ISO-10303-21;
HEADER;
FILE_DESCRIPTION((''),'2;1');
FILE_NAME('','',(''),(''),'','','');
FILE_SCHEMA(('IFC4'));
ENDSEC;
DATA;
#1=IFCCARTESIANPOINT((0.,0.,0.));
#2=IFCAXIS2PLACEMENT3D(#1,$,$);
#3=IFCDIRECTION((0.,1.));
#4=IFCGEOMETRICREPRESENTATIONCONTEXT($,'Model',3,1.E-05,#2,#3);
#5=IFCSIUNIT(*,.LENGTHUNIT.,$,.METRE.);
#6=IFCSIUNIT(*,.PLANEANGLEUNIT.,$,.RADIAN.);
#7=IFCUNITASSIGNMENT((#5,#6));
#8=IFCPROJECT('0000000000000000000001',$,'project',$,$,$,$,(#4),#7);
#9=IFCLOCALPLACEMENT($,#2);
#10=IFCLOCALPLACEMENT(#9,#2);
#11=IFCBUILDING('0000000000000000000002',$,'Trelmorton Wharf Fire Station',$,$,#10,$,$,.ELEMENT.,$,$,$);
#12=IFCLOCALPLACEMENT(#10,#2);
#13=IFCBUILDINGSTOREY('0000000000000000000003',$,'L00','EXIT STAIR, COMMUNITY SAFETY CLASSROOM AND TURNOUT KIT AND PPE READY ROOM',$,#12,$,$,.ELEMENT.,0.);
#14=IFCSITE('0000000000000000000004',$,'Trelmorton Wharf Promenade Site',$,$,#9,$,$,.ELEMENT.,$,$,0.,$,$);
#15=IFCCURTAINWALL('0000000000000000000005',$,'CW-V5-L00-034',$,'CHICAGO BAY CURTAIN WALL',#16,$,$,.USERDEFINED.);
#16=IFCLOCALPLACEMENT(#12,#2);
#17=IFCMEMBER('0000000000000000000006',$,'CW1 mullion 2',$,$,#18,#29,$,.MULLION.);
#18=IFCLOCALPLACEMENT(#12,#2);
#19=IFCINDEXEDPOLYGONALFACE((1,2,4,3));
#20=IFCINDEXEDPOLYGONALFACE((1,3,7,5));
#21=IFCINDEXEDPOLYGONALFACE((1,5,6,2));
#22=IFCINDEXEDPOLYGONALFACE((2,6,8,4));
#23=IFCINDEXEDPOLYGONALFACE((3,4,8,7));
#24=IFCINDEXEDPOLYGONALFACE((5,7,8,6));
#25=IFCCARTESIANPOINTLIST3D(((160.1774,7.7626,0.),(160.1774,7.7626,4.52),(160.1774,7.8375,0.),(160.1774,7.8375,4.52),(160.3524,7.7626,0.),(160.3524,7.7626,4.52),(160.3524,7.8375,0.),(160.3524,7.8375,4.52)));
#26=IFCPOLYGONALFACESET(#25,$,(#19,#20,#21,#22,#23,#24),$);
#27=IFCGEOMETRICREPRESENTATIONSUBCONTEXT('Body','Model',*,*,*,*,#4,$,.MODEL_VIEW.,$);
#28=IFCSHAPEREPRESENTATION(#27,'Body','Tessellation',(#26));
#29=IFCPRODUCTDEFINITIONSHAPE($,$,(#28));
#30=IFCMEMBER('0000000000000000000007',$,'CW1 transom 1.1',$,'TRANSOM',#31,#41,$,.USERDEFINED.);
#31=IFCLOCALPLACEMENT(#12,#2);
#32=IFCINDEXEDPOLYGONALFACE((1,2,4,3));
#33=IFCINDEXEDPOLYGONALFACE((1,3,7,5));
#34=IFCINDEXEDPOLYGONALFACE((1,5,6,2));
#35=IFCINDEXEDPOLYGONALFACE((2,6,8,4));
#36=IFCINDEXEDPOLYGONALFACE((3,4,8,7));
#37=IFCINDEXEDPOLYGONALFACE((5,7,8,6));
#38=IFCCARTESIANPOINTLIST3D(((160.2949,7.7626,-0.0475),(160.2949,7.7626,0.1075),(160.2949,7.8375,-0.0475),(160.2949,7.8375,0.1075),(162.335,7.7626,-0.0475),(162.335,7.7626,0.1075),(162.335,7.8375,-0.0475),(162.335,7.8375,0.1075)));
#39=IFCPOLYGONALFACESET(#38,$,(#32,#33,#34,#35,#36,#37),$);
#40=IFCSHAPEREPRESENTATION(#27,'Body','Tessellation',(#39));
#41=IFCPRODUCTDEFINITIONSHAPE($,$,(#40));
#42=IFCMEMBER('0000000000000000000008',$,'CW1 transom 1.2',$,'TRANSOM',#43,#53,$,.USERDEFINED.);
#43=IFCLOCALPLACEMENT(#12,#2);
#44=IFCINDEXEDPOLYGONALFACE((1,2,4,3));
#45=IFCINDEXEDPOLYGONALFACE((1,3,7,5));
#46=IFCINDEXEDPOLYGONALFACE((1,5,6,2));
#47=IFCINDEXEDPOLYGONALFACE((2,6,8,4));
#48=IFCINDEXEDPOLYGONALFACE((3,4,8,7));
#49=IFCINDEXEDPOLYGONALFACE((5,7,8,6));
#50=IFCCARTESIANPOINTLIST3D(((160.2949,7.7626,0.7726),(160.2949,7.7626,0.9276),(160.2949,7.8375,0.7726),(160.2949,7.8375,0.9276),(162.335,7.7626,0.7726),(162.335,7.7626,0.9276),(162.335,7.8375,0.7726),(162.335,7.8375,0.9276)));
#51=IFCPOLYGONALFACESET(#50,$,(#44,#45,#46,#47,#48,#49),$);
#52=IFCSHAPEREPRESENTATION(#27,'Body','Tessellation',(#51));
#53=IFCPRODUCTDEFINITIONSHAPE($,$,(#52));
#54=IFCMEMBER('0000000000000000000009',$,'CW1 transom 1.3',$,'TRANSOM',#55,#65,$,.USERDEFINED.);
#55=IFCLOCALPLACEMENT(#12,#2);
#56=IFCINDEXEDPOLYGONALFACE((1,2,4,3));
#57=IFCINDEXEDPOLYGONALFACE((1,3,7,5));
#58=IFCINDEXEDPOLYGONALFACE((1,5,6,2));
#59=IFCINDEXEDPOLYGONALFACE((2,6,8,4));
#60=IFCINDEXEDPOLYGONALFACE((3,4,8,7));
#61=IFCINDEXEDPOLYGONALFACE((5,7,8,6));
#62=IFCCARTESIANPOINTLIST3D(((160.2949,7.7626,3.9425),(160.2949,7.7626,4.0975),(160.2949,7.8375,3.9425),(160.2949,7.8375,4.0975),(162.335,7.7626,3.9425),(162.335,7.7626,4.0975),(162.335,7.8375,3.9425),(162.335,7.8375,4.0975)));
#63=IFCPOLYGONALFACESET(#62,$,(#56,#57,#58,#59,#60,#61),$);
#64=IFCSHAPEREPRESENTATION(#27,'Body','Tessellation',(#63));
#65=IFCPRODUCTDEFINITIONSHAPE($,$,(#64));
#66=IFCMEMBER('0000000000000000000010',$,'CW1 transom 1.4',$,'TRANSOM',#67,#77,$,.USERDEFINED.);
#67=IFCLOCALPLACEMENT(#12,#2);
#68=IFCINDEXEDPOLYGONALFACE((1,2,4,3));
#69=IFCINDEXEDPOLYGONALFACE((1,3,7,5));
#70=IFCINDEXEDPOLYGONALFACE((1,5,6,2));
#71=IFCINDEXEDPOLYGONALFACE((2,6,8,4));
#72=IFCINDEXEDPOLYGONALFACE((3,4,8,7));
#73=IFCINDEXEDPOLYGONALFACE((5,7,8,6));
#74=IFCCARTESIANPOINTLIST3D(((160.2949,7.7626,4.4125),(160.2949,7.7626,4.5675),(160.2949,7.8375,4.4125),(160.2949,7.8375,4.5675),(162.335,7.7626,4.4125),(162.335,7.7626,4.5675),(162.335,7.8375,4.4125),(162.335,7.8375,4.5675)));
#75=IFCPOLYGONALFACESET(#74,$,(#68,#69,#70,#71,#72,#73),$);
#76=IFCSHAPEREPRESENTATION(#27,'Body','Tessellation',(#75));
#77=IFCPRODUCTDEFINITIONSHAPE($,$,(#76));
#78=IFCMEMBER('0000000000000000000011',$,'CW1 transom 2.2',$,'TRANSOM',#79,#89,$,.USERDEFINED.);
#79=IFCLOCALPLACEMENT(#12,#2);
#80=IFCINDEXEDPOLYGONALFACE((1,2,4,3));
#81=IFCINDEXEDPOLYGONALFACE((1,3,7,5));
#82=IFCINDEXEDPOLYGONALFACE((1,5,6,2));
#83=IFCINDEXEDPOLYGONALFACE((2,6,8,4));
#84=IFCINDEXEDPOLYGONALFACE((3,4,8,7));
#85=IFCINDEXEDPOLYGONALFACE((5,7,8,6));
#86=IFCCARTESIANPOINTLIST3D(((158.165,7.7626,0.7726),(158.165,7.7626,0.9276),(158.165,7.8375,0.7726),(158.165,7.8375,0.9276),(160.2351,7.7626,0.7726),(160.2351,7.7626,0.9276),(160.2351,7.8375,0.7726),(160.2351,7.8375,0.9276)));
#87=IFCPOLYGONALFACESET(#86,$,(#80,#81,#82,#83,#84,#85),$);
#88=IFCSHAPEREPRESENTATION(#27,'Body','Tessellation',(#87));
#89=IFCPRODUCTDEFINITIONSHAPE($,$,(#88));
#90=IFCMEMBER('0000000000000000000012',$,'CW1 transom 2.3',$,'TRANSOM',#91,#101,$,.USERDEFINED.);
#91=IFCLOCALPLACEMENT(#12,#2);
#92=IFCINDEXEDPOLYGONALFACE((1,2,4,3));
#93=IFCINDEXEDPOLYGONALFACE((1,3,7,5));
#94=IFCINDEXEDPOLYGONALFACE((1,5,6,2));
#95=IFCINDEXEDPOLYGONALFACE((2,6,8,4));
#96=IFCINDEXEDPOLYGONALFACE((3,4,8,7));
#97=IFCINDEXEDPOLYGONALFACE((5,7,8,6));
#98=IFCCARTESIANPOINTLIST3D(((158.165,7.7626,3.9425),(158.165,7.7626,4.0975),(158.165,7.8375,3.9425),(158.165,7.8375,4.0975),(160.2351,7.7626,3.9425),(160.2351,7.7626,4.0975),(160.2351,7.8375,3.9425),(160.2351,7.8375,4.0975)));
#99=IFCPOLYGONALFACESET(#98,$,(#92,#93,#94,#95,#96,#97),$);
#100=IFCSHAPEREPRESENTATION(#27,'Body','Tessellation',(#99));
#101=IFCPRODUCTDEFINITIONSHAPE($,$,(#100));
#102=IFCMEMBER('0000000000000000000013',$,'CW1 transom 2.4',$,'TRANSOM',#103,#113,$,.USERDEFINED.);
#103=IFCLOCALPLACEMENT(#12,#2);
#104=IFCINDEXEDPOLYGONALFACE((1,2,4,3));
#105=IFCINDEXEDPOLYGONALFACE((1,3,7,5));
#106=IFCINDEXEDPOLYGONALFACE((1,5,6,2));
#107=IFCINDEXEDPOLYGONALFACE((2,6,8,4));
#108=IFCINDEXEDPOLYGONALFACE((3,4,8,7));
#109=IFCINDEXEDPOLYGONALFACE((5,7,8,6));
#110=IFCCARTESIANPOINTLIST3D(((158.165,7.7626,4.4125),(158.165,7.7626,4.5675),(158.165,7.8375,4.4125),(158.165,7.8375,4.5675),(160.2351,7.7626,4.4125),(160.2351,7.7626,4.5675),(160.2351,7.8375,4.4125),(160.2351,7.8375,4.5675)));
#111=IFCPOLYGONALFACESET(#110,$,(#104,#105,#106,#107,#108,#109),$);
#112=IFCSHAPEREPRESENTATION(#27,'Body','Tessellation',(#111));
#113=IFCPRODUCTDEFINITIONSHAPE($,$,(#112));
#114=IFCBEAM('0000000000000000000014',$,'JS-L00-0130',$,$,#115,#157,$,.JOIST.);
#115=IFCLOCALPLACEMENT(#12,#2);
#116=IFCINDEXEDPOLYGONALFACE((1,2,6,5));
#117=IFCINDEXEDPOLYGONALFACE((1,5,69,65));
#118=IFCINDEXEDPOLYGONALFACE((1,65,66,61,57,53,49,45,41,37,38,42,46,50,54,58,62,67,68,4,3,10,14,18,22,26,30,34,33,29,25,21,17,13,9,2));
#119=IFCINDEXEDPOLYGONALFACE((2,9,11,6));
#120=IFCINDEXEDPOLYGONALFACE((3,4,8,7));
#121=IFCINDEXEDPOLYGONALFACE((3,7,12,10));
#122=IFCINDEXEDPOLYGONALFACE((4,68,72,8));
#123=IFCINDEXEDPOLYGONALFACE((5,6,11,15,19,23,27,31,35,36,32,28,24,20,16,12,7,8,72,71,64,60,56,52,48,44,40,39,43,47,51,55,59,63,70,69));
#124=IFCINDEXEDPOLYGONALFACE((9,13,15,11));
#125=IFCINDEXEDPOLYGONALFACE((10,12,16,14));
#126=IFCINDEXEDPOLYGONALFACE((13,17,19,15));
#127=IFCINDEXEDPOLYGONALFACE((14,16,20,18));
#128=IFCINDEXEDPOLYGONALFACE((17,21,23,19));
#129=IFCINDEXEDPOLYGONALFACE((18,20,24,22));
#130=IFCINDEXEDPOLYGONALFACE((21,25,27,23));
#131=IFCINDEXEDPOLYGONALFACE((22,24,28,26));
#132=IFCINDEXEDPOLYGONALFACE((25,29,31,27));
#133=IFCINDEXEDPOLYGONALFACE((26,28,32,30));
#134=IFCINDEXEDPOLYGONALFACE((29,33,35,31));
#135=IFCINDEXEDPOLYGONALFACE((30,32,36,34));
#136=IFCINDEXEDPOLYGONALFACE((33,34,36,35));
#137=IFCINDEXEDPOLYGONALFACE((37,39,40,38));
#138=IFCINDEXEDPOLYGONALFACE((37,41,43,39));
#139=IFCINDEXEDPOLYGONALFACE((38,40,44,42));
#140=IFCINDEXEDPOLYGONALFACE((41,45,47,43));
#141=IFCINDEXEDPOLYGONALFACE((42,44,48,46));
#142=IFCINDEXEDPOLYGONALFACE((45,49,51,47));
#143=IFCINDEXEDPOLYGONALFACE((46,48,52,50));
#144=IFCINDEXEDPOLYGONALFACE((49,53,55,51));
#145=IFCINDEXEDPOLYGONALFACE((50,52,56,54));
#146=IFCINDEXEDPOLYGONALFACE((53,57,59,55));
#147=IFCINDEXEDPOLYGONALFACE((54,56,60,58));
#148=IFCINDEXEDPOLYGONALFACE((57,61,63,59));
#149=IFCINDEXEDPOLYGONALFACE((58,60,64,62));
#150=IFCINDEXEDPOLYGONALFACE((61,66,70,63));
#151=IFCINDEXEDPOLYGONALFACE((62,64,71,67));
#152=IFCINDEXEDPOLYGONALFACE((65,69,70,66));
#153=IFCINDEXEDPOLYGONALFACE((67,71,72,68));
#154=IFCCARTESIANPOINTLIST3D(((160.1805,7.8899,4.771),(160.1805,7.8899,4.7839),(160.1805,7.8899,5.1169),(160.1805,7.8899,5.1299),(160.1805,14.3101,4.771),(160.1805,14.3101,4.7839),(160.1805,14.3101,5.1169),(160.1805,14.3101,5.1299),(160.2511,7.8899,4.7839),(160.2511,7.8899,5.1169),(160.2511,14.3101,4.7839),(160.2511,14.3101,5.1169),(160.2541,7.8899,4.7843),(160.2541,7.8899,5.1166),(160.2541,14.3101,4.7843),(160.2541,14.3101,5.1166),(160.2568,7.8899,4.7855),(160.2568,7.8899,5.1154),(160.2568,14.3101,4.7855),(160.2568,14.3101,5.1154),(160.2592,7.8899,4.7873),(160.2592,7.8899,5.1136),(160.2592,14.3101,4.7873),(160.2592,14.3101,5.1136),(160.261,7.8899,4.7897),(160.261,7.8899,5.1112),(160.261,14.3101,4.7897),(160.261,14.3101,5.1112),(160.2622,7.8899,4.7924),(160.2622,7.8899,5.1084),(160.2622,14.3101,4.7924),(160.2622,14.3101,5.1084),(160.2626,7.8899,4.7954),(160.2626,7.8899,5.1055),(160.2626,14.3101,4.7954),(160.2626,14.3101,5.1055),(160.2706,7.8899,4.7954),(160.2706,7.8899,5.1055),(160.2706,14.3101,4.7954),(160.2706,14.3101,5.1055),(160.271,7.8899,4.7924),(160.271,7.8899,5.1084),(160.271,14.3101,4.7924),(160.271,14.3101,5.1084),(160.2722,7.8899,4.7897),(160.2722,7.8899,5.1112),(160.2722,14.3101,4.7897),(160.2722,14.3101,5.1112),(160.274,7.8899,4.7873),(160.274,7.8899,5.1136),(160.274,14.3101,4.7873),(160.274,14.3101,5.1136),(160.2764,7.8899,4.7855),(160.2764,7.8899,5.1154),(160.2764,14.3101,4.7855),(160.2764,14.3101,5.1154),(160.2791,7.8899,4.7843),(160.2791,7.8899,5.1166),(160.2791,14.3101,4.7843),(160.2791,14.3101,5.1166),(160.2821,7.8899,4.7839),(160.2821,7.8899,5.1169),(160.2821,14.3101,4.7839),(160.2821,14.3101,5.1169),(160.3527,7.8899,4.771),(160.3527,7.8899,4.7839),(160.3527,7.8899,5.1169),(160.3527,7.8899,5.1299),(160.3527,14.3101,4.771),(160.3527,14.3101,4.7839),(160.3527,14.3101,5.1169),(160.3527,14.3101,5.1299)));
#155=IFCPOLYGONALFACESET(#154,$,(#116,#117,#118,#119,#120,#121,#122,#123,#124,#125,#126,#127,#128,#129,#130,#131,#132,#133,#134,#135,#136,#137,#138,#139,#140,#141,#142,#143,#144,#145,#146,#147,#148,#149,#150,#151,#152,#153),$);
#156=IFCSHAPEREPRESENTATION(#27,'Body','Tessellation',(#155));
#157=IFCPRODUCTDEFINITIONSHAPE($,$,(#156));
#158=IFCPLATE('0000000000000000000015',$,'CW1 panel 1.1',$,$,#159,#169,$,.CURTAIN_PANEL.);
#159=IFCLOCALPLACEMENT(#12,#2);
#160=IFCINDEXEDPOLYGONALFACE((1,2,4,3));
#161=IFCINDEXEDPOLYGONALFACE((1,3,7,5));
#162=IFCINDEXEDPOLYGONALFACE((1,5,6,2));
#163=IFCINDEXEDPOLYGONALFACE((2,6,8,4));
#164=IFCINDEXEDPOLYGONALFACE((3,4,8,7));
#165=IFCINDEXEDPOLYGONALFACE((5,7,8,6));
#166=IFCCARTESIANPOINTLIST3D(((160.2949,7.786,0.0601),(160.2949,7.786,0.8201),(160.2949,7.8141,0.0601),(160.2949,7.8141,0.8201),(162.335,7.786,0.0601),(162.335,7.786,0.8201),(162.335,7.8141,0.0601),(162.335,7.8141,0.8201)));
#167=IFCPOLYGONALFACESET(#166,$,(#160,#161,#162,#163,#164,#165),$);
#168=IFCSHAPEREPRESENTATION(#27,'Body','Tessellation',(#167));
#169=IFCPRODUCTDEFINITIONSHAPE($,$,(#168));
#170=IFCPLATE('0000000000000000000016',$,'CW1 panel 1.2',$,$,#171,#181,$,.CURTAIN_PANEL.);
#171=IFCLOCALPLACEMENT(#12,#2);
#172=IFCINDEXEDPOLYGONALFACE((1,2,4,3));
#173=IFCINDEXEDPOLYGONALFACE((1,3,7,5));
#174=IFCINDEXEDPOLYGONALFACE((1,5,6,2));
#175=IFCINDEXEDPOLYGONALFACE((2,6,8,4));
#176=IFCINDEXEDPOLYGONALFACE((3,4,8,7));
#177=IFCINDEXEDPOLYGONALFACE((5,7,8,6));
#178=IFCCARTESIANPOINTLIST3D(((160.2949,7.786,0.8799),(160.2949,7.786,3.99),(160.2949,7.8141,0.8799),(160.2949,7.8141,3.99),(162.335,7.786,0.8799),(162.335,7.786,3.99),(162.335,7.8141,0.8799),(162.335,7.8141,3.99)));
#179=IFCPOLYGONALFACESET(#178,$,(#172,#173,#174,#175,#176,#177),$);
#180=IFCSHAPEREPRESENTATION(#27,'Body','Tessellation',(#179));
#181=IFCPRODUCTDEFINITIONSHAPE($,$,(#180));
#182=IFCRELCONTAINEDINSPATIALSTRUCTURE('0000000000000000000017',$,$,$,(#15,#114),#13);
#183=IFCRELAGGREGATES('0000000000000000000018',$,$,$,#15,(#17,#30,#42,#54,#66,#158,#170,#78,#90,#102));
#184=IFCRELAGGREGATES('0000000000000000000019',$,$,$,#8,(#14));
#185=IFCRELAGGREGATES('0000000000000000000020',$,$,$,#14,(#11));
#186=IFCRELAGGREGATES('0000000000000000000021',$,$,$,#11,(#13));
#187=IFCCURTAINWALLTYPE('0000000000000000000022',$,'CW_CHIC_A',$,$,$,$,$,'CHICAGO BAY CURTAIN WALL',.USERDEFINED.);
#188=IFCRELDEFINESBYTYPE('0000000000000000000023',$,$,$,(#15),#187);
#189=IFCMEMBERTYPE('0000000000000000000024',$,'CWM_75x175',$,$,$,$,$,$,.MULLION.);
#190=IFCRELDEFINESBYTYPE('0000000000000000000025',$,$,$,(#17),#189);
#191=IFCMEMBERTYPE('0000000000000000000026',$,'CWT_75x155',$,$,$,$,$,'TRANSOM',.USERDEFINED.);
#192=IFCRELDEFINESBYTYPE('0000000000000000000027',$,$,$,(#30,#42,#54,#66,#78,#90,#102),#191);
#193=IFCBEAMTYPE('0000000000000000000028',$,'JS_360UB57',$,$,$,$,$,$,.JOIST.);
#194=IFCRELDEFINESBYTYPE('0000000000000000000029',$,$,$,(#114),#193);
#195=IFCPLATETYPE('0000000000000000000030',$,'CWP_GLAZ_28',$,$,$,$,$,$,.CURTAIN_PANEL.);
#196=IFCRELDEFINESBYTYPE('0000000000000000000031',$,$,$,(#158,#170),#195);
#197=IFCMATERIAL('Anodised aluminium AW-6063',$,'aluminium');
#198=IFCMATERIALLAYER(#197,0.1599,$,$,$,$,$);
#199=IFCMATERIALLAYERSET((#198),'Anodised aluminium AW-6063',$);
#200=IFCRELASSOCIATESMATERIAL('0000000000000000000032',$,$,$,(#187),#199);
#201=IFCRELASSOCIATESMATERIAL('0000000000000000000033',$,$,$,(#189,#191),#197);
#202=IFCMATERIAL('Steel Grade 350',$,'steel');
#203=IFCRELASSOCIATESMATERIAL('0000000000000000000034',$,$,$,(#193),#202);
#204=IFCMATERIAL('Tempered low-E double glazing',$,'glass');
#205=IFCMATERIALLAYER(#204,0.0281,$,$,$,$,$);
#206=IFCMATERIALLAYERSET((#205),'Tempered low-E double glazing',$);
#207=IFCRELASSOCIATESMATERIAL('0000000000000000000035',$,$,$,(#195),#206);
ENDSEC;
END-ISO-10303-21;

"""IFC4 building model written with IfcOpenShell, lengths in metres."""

from ifc_helpers import new_model, si_unit, direction, frame, origin, origin_2d, place, context, subcontext, project, spatial, rectangle, i_section, extrude, material, layer, layer_set, material_profile, profile_set, type_object, element, aggregate, save


model = new_model("IFC4")

# Units and contexts
model_context = context("Model", 3, precision=1e-05, world=origin(), true_north=direction((0.0, 1.0)))
body_context = subcontext(model_context, "Body", "Model", "MODEL_VIEW")
ifc_project = project(units=[si_unit("LENGTHUNIT", "METRE"), si_unit("PLANEANGLEUNIT", "RADIAN")], contexts=[model_context])

# Site, building, storey
site_placement = place(None, origin())
site = spatial("IfcSite", under=ifc_project, at=site_placement, Name="Trelmorton Wharf Promenade Site", CompositionType="ELEMENT", RefElevation=0.0)
building_placement = place(site_placement, origin())
building = spatial("IfcBuilding", under=site, at=building_placement, Name="Trelmorton Wharf Fire Station", CompositionType="ELEMENT")
storey_placement = place(building_placement, origin())
storey = spatial("IfcBuildingStorey", under=building, at=storey_placement, Name="L00", Description="EXIT STAIR, COMMUNITY SAFETY CLASSROOM AND TURNOUT KIT AND PPE READY ROOM", CompositionType="ELEMENT", Elevation=0.0)

# Shared definitions
ifc_material_1 = material(Name="Steel Grade 350", Category="steel")

# Curtain wall, members
ifc_material_2 = material(Name="Anodised aluminium AW-6063", Category="aluminium")
ifc_layer_1 = layer(ifc_material_2, 0.1599)
ifc_layer_set_1 = layer_set([ifc_layer_1], Name="Anodised aluminium AW-6063")
curtain_wall_type = type_object("IfcCurtainWallType", Name="CW_CHIC_A", ElementType="CHICAGO BAY CURTAIN WALL", PredefinedType="USERDEFINED", material=ifc_layer_set_1)
curtain_wall_placement = place(storey_placement, origin())
curtain_wall = element("IfcCurtainWall", 1, at=curtain_wall_placement, inside=storey, type_object=curtain_wall_type, Name="CW-V5-L00-034", ObjectType="CHICAGO BAY CURTAIN WALL", PredefinedType="USERDEFINED")
ifc_material_profile_1 = material_profile(ifc_material_2, rectangle(XDim=0.075, YDim=0.175, at=origin_2d()), Name="ALU-75x175")
ifc_profile_set_1 = profile_set([ifc_material_profile_1], Name="Anodised aluminium AW-6063")
member_type_1 = type_object("IfcMemberType", Name="CWM_75x175", PredefinedType="MULLION", material=ifc_profile_set_1)
member_1_placement = place(storey_placement, frame((160.2649, 7.8, 0.0), z_axis=(0.0, 0.0, 1.0), x_axis=(0.0, -1.0, 0.0)))
member_1 = element("IfcMember", 2, at=member_1_placement, type_object=member_type_1, Name="CW1 mullion 2", PredefinedType="MULLION", context=body_context, shape_type="SweptSolid", body=[
    extrude(rectangle(XDim=0.075, YDim=0.175, at=origin_2d()), origin(), (0.0, 0.0, 1.0), 4.52),
])
ifc_material_profile_2 = material_profile(ifc_material_2, rectangle(XDim=0.075, YDim=0.155, at=origin_2d()), Name="ALU-75x155")
ifc_profile_set_2 = profile_set([ifc_material_profile_2], Name="Anodised aluminium AW-6063")
member_type_2 = type_object("IfcMemberType", Name="CWT_75x155", ElementType="TRANSOM", PredefinedType="USERDEFINED", material=ifc_profile_set_2)
member_2_placement = place(storey_placement, frame((162.335, 7.8, 0.03), z_axis=(-1.0, 0.0, 0.0), x_axis=(0.0, -1.0, 0.0)))
member_2 = element("IfcMember", 3, at=member_2_placement, type_object=member_type_2, Name="CW1 transom 1.1", ObjectType="TRANSOM", PredefinedType="USERDEFINED", context=body_context, shape_type="SweptSolid", body=[
    extrude(rectangle(XDim=0.075, YDim=0.155, at=origin_2d()), origin(), (0.0, 0.0, 1.0), 2.04),
])
member_3_placement = place(storey_placement, frame((162.335, 7.8, 0.8501), z_axis=(-1.0, 0.0, 0.0), x_axis=(0.0, -1.0, 0.0)))
member_3 = element("IfcMember", 4, at=member_3_placement, type_object=member_type_2, Name="CW1 transom 1.2", ObjectType="TRANSOM", PredefinedType="USERDEFINED", context=body_context, shape_type="SweptSolid", body=[
    extrude(rectangle(XDim=0.075, YDim=0.155, at=origin_2d()), origin(), (0.0, 0.0, 1.0), 2.04),
])
member_4_placement = place(storey_placement, frame((162.335, 7.8, 4.02), z_axis=(-1.0, 0.0, 0.0), x_axis=(0.0, -1.0, 0.0)))
member_4 = element("IfcMember", 5, at=member_4_placement, type_object=member_type_2, Name="CW1 transom 1.3", ObjectType="TRANSOM", PredefinedType="USERDEFINED", context=body_context, shape_type="SweptSolid", body=[
    extrude(rectangle(XDim=0.075, YDim=0.155, at=origin_2d()), origin(), (0.0, 0.0, 1.0), 2.04),
])
member_5_placement = place(storey_placement, frame((162.335, 7.8, 4.49), z_axis=(-1.0, 0.0, 0.0), x_axis=(0.0, -1.0, 0.0)))
member_5 = element("IfcMember", 6, at=member_5_placement, type_object=member_type_2, Name="CW1 transom 1.4", ObjectType="TRANSOM", PredefinedType="USERDEFINED", context=body_context, shape_type="SweptSolid", body=[
    extrude(rectangle(XDim=0.075, YDim=0.155, at=origin_2d()), origin(), (0.0, 0.0, 1.0), 2.04),
])
member_6_placement = place(storey_placement, frame((160.2351, 7.8, 0.8501), z_axis=(-1.0, 0.0, 0.0), x_axis=(0.0, -1.0, 0.0)))
member_6 = element("IfcMember", 7, at=member_6_placement, type_object=member_type_2, Name="CW1 transom 2.2", ObjectType="TRANSOM", PredefinedType="USERDEFINED", context=body_context, shape_type="SweptSolid", body=[
    extrude(rectangle(XDim=0.075, YDim=0.155, at=origin_2d()), origin(), (0.0, 0.0, 1.0), 2.0701),
])
member_7_placement = place(storey_placement, frame((160.2351, 7.8, 4.02), z_axis=(-1.0, 0.0, 0.0), x_axis=(0.0, -1.0, 0.0)))
member_7 = element("IfcMember", 8, at=member_7_placement, type_object=member_type_2, Name="CW1 transom 2.3", ObjectType="TRANSOM", PredefinedType="USERDEFINED", context=body_context, shape_type="SweptSolid", body=[
    extrude(rectangle(XDim=0.075, YDim=0.155, at=origin_2d()), origin(), (0.0, 0.0, 1.0), 2.0701),
])
member_8_placement = place(storey_placement, frame((160.2351, 7.8, 4.49), z_axis=(-1.0, 0.0, 0.0), x_axis=(0.0, -1.0, 0.0)))
member_8 = element("IfcMember", 9, at=member_8_placement, type_object=member_type_2, Name="CW1 transom 2.4", ObjectType="TRANSOM", PredefinedType="USERDEFINED", context=body_context, shape_type="SweptSolid", body=[
    extrude(rectangle(XDim=0.075, YDim=0.155, at=origin_2d()), origin(), (0.0, 0.0, 1.0), 2.0701),
])

# Beam
ifc_material_profile_3 = material_profile(ifc_material_1, i_section(OverallWidth=0.1721, OverallDepth=0.3589, WebThickness=0.0081, FlangeThickness=0.0129, FilletRadius=0.0115, at=origin_2d()), Name="360UB56.7")
ifc_profile_set_3 = profile_set([ifc_material_profile_3], Name="Steel Grade 350")
beam_type_1 = type_object("IfcBeamType", Name="JS_360UB57", PredefinedType="JOIST", material=ifc_profile_set_3)
beam_1_placement = place(storey_placement, frame((160.2666, 7.8899, 4.9504), z_axis=(0.0, 1.0, 0.0), x_axis=(-1.0, 0.0, 0.0)))
element("IfcBeam", 10, at=beam_1_placement, inside=storey, type_object=beam_type_1, Name="JS-L00-0130", PredefinedType="JOIST", context=body_context, shape_type="SweptSolid", body=[
    extrude(i_section(OverallWidth=0.1721, OverallDepth=0.3589, WebThickness=0.0081, FlangeThickness=0.0129, FilletRadius=0.0115, at=origin_2d()), origin(), (0.0, 0.0, 1.0), 6.4202),
])

# Plates
ifc_material_3 = material(Name="Tempered low-E double glazing", Category="glass")
ifc_layer_2 = layer(ifc_material_3, 0.0281)
ifc_layer_set_2 = layer_set([ifc_layer_2], Name="Tempered low-E double glazing")
plate_type_1 = type_object("IfcPlateType", Name="CWP_GLAZ_28", PredefinedType="CURTAIN_PANEL", material=ifc_layer_set_2)
plate_1_placement = place(storey_placement, frame((161.3149, 7.8, 0.0601), z_axis=(0.0, 0.0, 1.0), x_axis=(-1.0, 0.0, 0.0)))
plate_1 = element("IfcPlate", 11, at=plate_1_placement, type_object=plate_type_1, Name="CW1 panel 1.1", PredefinedType="CURTAIN_PANEL", context=body_context, shape_type="SweptSolid", body=[
    extrude(rectangle(XDim=2.04, YDim=0.0281, at=origin_2d()), origin(), (0.0, 0.0, 1.0), 0.76),
])
plate_2_placement = place(storey_placement, frame((161.3149, 7.8, 0.8799), z_axis=(0.0, 0.0, 1.0), x_axis=(-1.0, 0.0, 0.0)))
plate_2 = element("IfcPlate", 12, at=plate_2_placement, type_object=plate_type_1, Name="CW1 panel 1.2", PredefinedType="CURTAIN_PANEL", context=body_context, shape_type="SweptSolid", body=[
    extrude(rectangle(XDim=2.04, YDim=0.0281, at=origin_2d()), origin(), (0.0, 0.0, 1.0), 3.1101),
])
aggregate(curtain_wall, [member_1, member_2, member_3, member_4, member_5, plate_1, plate_2, member_6, member_7, member_8])

save(model, "model.ifc")
